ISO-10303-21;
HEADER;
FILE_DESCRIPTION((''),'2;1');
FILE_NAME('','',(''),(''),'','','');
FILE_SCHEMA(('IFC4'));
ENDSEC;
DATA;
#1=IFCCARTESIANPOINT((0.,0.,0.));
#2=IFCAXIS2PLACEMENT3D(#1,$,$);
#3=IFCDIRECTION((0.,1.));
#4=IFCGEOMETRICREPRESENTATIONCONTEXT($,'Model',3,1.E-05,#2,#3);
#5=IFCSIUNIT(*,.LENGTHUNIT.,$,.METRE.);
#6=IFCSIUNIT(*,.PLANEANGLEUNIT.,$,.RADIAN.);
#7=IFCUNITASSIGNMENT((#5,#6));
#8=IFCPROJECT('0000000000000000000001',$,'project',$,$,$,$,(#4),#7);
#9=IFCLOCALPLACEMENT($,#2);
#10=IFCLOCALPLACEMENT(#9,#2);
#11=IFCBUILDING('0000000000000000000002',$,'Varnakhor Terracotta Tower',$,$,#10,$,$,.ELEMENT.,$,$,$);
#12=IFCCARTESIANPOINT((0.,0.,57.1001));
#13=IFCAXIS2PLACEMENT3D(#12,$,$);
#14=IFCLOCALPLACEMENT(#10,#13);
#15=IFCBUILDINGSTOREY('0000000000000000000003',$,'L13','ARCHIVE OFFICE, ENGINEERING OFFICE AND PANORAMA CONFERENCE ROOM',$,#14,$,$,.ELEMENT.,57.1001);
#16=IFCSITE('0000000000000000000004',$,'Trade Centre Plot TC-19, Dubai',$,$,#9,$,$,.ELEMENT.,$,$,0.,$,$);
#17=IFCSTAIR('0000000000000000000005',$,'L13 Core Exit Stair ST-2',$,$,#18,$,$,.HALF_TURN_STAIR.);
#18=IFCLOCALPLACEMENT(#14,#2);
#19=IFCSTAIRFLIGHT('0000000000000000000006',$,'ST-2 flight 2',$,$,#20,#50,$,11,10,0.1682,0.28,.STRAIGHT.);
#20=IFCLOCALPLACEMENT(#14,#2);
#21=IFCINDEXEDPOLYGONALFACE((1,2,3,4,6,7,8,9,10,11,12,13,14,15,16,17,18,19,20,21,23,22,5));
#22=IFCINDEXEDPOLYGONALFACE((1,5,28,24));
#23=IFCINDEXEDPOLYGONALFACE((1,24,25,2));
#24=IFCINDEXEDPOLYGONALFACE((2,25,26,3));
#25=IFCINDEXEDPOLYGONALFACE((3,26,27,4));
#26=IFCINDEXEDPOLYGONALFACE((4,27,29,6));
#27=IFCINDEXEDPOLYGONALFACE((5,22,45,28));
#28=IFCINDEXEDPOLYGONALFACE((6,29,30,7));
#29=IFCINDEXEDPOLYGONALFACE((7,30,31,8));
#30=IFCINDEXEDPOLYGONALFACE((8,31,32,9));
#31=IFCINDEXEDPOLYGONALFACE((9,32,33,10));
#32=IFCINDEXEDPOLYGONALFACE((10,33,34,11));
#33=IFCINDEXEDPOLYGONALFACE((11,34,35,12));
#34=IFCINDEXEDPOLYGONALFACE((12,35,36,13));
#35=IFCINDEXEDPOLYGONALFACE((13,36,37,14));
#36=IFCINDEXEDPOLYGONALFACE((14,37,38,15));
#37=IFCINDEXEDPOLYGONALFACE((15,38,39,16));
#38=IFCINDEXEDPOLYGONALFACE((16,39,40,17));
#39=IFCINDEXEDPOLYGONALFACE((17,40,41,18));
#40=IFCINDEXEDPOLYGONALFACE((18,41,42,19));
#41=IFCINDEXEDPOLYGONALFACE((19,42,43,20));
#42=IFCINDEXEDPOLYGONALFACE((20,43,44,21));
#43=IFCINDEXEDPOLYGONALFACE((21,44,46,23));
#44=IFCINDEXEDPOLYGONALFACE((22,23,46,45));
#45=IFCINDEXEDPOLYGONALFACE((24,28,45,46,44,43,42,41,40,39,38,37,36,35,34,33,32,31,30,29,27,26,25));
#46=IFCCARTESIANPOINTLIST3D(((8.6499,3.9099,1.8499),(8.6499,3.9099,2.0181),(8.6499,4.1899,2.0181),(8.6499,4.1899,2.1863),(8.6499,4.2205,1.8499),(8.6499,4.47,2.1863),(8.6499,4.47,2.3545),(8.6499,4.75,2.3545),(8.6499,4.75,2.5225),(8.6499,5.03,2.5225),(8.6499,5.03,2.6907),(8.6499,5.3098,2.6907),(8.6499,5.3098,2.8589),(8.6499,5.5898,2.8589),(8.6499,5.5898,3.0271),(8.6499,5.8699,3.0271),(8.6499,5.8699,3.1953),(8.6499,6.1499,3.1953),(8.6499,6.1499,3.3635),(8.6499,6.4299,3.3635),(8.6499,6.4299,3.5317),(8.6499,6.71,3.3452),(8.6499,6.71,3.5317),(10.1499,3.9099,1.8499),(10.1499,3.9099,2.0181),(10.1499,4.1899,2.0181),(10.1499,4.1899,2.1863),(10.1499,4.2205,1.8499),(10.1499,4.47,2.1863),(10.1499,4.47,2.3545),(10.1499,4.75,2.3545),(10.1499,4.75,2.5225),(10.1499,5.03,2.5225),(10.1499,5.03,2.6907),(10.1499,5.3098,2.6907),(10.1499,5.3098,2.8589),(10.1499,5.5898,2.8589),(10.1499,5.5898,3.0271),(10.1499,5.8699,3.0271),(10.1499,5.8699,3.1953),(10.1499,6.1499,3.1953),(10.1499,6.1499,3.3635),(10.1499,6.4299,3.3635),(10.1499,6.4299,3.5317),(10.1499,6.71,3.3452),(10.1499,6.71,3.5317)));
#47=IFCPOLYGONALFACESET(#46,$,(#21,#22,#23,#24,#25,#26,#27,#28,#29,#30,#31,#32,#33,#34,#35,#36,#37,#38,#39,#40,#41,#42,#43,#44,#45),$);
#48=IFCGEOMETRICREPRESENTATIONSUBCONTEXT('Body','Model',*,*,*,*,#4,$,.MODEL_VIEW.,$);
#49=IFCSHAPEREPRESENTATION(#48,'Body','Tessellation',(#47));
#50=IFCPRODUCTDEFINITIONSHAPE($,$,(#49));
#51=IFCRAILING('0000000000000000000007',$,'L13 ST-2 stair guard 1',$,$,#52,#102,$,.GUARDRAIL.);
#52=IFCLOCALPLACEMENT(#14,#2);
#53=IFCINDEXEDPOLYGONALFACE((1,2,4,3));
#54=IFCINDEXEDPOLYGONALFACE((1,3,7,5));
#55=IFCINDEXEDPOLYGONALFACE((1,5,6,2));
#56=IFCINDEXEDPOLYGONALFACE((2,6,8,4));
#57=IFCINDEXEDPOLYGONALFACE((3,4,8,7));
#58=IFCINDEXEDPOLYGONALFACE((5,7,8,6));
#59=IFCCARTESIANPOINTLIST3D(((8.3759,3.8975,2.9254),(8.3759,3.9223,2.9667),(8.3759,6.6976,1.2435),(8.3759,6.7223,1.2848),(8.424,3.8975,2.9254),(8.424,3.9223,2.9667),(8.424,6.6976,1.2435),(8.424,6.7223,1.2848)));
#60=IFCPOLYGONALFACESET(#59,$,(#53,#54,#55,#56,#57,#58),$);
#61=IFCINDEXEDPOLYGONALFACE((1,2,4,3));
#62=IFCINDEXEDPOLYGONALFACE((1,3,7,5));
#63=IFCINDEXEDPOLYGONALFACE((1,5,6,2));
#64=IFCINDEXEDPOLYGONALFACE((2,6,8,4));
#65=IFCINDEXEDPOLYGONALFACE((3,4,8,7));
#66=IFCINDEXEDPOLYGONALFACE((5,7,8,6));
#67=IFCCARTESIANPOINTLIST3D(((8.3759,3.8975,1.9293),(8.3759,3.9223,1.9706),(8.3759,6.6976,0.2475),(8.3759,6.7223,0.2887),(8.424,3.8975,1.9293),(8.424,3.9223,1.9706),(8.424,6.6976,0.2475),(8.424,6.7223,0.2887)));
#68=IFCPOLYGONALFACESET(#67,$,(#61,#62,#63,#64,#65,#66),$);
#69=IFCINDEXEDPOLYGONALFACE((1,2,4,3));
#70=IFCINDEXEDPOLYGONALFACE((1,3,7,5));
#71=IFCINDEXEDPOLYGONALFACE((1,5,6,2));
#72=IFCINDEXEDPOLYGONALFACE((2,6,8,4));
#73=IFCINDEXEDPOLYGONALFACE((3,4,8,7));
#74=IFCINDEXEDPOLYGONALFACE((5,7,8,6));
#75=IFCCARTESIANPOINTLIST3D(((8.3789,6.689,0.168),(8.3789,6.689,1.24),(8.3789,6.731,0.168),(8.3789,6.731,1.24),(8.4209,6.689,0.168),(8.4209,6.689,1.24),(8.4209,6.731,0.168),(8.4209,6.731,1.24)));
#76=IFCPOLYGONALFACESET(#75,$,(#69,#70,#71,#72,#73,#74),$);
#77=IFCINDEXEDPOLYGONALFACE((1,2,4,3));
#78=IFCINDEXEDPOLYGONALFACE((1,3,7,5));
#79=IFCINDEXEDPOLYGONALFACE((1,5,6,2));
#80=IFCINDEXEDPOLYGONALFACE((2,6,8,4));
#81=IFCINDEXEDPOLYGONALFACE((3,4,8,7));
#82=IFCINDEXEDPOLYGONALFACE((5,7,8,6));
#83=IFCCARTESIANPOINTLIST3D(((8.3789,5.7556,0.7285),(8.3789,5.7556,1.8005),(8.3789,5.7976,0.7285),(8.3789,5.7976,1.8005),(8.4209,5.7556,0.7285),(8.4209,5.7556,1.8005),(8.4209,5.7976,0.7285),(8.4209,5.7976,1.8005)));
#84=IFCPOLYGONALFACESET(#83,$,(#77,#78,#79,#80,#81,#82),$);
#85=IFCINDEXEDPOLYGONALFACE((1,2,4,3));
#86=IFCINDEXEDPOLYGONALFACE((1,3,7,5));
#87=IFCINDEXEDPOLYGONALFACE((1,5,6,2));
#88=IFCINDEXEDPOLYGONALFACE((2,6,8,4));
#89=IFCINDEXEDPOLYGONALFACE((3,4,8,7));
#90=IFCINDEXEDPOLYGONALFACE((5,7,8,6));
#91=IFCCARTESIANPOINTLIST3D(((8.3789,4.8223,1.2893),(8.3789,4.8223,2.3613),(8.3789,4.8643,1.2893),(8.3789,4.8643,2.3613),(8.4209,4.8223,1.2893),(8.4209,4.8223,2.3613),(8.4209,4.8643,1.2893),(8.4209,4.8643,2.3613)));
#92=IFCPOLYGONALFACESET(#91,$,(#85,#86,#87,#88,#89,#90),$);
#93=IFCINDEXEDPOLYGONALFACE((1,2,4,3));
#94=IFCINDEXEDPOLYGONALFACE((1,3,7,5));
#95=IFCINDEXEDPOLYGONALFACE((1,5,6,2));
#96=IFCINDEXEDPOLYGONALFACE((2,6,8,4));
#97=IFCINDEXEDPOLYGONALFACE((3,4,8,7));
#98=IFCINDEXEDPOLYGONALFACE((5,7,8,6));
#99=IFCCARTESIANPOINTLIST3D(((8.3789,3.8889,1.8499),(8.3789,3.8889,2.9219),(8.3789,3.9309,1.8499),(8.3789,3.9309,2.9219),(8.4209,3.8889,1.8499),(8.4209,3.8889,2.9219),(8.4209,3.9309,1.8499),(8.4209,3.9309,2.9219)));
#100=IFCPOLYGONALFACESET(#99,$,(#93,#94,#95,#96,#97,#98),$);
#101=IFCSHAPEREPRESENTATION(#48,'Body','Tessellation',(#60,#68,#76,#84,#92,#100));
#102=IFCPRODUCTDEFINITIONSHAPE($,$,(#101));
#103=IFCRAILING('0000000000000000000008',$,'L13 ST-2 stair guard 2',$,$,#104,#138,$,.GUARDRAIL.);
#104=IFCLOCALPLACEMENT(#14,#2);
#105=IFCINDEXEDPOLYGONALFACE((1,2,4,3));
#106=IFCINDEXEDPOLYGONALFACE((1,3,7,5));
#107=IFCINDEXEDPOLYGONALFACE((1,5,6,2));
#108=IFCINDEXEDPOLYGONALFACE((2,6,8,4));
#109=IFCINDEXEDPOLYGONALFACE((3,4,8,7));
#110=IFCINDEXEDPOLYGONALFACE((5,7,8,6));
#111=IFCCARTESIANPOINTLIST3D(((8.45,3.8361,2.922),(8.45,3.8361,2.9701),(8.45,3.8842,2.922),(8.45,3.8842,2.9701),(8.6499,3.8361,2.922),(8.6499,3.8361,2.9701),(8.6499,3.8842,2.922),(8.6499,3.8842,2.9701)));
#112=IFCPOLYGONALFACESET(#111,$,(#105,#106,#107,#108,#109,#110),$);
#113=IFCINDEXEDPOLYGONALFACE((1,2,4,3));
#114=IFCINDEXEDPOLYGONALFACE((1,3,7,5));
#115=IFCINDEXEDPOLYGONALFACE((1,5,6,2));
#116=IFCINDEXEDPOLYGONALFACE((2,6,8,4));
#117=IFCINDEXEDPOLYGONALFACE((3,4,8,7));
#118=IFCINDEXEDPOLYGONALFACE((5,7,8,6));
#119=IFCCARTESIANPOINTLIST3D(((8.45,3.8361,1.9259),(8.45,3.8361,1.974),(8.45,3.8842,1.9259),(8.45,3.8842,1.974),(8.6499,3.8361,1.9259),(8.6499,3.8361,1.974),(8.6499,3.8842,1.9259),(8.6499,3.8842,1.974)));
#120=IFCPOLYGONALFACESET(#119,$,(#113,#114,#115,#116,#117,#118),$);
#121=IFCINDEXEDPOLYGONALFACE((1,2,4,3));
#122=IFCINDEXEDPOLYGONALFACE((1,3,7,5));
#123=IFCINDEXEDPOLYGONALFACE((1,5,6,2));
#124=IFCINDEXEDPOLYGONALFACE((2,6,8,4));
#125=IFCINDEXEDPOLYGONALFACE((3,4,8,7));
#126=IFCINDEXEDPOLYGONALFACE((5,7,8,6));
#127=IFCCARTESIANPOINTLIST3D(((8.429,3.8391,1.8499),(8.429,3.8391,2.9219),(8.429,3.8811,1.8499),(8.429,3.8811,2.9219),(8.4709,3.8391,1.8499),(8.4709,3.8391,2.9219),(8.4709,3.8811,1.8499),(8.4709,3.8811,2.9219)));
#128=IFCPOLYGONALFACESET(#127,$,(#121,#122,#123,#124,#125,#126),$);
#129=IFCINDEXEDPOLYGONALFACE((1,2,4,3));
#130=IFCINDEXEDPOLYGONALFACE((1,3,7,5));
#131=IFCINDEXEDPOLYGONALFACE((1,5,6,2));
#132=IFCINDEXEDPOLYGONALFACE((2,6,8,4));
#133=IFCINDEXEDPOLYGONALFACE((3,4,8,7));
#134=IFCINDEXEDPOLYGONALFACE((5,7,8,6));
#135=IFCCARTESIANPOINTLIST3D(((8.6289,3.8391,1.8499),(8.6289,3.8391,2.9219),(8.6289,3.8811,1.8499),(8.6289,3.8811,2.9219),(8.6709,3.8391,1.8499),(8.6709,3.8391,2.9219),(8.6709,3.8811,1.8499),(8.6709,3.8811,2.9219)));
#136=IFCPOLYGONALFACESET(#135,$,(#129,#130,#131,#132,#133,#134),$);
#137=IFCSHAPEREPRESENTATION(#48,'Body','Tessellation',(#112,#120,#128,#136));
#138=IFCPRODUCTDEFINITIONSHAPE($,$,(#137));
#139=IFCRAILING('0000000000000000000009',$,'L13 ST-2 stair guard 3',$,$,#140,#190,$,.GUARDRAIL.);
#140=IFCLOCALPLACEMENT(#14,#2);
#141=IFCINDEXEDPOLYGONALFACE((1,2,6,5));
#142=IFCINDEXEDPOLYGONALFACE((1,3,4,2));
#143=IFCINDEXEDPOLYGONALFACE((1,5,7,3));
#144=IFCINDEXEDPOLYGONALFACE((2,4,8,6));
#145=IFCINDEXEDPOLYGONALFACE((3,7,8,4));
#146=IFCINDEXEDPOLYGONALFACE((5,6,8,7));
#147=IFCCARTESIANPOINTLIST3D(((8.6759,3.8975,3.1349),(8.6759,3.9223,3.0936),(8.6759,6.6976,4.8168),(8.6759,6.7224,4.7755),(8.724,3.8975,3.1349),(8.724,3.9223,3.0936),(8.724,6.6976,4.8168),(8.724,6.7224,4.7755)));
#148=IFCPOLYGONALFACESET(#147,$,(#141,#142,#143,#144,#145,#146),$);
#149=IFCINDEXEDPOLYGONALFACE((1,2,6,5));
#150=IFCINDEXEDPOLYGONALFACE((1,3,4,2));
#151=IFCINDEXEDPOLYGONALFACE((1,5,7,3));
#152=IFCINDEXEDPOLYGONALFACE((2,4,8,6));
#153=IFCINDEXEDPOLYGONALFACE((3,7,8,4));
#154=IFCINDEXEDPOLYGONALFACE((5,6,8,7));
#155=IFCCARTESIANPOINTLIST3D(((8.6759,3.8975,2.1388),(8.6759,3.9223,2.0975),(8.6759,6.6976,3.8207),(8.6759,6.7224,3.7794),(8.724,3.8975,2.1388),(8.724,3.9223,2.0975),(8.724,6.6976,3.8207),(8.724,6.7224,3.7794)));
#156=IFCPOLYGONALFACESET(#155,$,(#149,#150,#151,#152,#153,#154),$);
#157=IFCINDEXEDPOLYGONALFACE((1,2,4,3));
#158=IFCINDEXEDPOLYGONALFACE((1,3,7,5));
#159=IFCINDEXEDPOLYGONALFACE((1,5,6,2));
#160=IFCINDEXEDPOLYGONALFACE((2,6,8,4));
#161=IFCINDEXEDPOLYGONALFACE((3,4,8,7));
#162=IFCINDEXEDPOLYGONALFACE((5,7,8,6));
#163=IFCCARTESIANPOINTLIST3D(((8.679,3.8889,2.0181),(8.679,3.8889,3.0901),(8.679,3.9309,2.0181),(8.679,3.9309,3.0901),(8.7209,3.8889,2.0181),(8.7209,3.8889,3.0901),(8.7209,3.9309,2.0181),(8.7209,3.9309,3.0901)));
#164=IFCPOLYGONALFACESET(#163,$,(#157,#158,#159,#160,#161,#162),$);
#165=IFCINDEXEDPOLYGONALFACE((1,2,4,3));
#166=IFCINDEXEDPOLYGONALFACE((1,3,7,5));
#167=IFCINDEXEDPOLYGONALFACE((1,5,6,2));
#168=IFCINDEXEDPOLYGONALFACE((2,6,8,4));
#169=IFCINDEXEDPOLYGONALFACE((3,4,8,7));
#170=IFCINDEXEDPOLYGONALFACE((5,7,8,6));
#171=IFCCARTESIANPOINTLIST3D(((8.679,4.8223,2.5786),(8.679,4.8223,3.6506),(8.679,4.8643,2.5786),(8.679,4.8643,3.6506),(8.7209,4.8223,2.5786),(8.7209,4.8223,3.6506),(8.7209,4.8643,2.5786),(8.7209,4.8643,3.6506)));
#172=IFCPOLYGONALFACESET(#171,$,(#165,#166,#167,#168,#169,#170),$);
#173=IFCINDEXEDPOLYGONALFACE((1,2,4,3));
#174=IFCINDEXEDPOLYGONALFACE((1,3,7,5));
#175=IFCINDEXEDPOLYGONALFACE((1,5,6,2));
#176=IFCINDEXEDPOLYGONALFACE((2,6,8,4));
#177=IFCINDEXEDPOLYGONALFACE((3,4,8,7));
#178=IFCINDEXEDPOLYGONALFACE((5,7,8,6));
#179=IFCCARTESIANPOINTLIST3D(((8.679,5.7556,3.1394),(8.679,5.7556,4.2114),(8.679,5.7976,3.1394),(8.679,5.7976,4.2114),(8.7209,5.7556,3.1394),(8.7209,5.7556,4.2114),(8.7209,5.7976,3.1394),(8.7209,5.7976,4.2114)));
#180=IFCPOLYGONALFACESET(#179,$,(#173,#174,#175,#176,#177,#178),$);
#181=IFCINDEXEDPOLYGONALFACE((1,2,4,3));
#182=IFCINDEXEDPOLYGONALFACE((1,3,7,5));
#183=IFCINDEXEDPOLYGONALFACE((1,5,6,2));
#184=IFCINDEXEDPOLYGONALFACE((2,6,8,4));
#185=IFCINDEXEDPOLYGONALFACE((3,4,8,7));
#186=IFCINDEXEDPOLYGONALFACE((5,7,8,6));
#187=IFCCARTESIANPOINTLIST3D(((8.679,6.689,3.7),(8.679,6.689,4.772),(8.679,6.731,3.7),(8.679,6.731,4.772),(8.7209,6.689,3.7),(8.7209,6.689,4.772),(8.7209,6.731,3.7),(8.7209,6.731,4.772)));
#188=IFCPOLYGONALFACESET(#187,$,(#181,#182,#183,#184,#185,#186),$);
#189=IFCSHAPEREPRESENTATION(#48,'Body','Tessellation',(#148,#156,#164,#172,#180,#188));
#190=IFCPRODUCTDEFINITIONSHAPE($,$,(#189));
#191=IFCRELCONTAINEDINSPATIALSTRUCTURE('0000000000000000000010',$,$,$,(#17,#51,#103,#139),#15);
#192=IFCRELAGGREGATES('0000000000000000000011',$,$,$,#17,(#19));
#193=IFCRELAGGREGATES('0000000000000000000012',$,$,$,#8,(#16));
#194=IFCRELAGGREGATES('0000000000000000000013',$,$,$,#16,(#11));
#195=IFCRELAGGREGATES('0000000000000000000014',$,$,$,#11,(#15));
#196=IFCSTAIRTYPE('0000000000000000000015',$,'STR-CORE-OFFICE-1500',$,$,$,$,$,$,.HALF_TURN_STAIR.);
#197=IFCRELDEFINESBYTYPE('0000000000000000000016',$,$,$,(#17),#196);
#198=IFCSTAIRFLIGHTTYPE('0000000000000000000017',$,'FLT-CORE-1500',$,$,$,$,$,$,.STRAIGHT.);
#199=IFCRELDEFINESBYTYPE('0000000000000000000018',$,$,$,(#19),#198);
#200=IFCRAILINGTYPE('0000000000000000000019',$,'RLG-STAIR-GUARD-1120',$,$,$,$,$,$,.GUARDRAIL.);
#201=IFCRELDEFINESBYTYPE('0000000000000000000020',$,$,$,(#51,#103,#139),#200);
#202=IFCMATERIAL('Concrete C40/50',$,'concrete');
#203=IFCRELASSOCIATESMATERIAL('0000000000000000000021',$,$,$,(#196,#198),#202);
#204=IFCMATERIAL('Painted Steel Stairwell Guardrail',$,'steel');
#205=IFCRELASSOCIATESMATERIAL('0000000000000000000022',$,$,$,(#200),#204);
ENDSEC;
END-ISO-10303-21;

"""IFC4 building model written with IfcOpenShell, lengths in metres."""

from ifc_helpers import new_model, si_unit, direction, frame, origin, origin_2d, place, context, subcontext, project, spatial, polyline, rectangle, outline, extrude, material, type_object, element, aggregate, save


model = new_model("IFC4")

# Units and contexts
model_context = context("Model", 3, precision=1e-05, world=origin(), true_north=direction((0.0, 1.0)))
body_context = subcontext(model_context, "Body", "Model", "MODEL_VIEW")
ifc_project = project(units=[si_unit("LENGTHUNIT", "METRE"), si_unit("PLANEANGLEUNIT", "RADIAN")], contexts=[model_context])

# Site, building, storey
site_placement = place(None, origin())
site = spatial("IfcSite", under=ifc_project, at=site_placement, Name="Trade Centre Plot TC-19, Dubai", CompositionType="ELEMENT", RefElevation=0.0)
building_placement = place(site_placement, origin())
building = spatial("IfcBuilding", under=site, at=building_placement, Name="Varnakhor Terracotta Tower", CompositionType="ELEMENT")
storey_placement = place(building_placement, frame((0.0, 0.0, 57.1001)))
storey = spatial("IfcBuildingStorey", under=building, at=storey_placement, Name="L13", Description="ARCHIVE OFFICE, ENGINEERING OFFICE AND PANORAMA CONFERENCE ROOM", CompositionType="ELEMENT", Elevation=57.1001)

# Shared definitions
ifc_material_1 = material(Name="Concrete C40/50", Category="concrete")

# Stair, stair flight
stair_type = type_object("IfcStairType", Name="STR-CORE-OFFICE-1500", PredefinedType="HALF_TURN_STAIR", material=ifc_material_1)
stair_placement = place(storey_placement, origin())
stair = element("IfcStair", 1, at=stair_placement, inside=storey, type_object=stair_type, Name="L13 Core Exit Stair ST-2", PredefinedType="HALF_TURN_STAIR")
stair_flight_type = type_object("IfcStairFlightType", Name="FLT-CORE-1500", PredefinedType="STRAIGHT", material=ifc_material_1)
stair_flight_1_placement = place(storey_placement, frame((9.3999, 3.9099, 1.8499), z_axis=(0.0, 0.0, 1.0), x_axis=(0.0, 1.0, 0.0)))
stair_flight_1 = element("IfcStairFlight", 2, at=stair_flight_1_placement, type_object=stair_flight_type, Name="ST-2 flight 2", NumberOfRisers=11, NumberOfTreads=10, PredefinedType="STRAIGHT", RiserHeight=0.1682, TreadLength=0.28, context=body_context, shape_type="SweptSolid", body=[
    extrude(outline(polyline([(0.0, 0.0), (0.0, 0.1682), (0.28, 0.1682), (0.28, 0.3364), (0.5601, 0.3364), (0.5601, 0.5046), (0.8401, 0.5046), (0.8401, 0.6726), (1.1201, 0.6726), (1.1201, 0.8408), (1.3999, 0.8408), (1.3999, 1.009), (1.6799, 1.009), (1.6799, 1.1772), (1.96, 1.1772), (1.96, 1.3455), (2.24, 1.3455), (2.24, 1.5137), (2.52, 1.5137), (2.52, 1.6819), (2.8, 1.6819), (2.8, 1.8501), (2.8, 1.4954), (0.3105, 0.0), (0.0, 0.0)])), frame((0.0, 0.75, 0.0), z_axis=(0.0, -1.0, 0.0), x_axis=(1.0, 0.0, 0.0)), (0.0, 0.0, 1.0), 1.5),
])
aggregate(stair, [stair_flight_1])

# Railings
ifc_material_2 = material(Name="Painted Steel Stairwell Guardrail", Category="steel")
railing_type_1 = type_object("IfcRailingType", Name="RLG-STAIR-GUARD-1120", PredefinedType="GUARDRAIL", material=ifc_material_2)
railing_1_placement = place(storey_placement, frame((8.3999, 6.71, 0.168)))
element("IfcRailing", 3, at=railing_1_placement, inside=storey, type_object=railing_type_1, Name="L13 ST-2 stair guard 1", PredefinedType="GUARDRAIL", context=body_context, shape_type="SweptSolid", body=[
    extrude(rectangle(XDim=0.0481, YDim=0.0481, at=origin_2d()), frame((0.0, 0.0, 1.0962), z_axis=(0.0, -0.857242, 0.514913), x_axis=(1.0, 0.0, 0.0)), (0.0, 0.0, 1.0), 3.2664),
    extrude(rectangle(XDim=0.0481, YDim=0.0481, at=origin_2d()), frame((0.0, 0.0, 0.1001), z_axis=(0.0, -0.857242, 0.514913), x_axis=(1.0, 0.0, 0.0)), (0.0, 0.0, 1.0), 3.2664),
    extrude(rectangle(XDim=0.042, YDim=0.042, at=origin_2d()), origin(), (0.0, 0.0, 1.0), 1.072),
    extrude(rectangle(XDim=0.042, YDim=0.042, at=origin_2d()), frame((0.0, -0.9333, 0.5605)), (0.0, 0.0, 1.0), 1.072),
    extrude(rectangle(XDim=0.042, YDim=0.042, at=origin_2d()), frame((0.0, -1.8667, 1.1213)), (0.0, 0.0, 1.0), 1.072),
    extrude(rectangle(XDim=0.042, YDim=0.042, at=origin_2d()), frame((0.0, -2.8, 1.6819)), (0.0, 0.0, 1.0), 1.072),
])
railing_2_placement = place(storey_placement, frame((8.45, 3.8601, 1.8499)))
element("IfcRailing", 4, at=railing_2_placement, inside=storey, type_object=railing_type_1, Name="L13 ST-2 stair guard 2", PredefinedType="GUARDRAIL", context=body_context, shape_type="SweptSolid", body=[
    extrude(rectangle(XDim=0.0481, YDim=0.0481, at=origin_2d()), frame((0.0, 0.0, 1.0962), z_axis=(1.0, 0.0, 0.0), x_axis=(0.0, 1.0, 0.0)), (0.0, 0.0, 1.0), 0.2),
    extrude(rectangle(XDim=0.0481, YDim=0.0481, at=origin_2d()), frame((0.0, 0.0, 0.1001), z_axis=(1.0, 0.0, 0.0), x_axis=(0.0, 1.0, 0.0)), (0.0, 0.0, 1.0), 0.2),
    extrude(rectangle(XDim=0.042, YDim=0.042, at=origin_2d()), origin(), (0.0, 0.0, 1.0), 1.072),
    extrude(rectangle(XDim=0.042, YDim=0.042, at=origin_2d()), frame((0.2, 0.0, 0.0)), (0.0, 0.0, 1.0), 1.072),
])
railing_3_placement = place(storey_placement, frame((8.7, 3.9099, 2.0181)))
element("IfcRailing", 5, at=railing_3_placement, inside=storey, type_object=railing_type_1, Name="L13 ST-2 stair guard 3", PredefinedType="GUARDRAIL", context=body_context, shape_type="SweptSolid", body=[
    extrude(rectangle(XDim=0.0481, YDim=0.0481, at=origin_2d()), frame((0.0, 0.0, 1.0962), z_axis=(0.0, 0.857242, 0.514913), x_axis=(-1.0, 0.0, 0.0)), (0.0, 0.0, 1.0), 3.2664),
    extrude(rectangle(XDim=0.0481, YDim=0.0481, at=origin_2d()), frame((0.0, 0.0, 0.1001), z_axis=(0.0, 0.857242, 0.514913), x_axis=(-1.0, 0.0, 0.0)), (0.0, 0.0, 1.0), 3.2664),
    extrude(rectangle(XDim=0.042, YDim=0.042, at=origin_2d()), origin(), (0.0, 0.0, 1.0), 1.072),
    extrude(rectangle(XDim=0.042, YDim=0.042, at=origin_2d()), frame((0.0, 0.9333, 0.5605)), (0.0, 0.0, 1.0), 1.072),
    extrude(rectangle(XDim=0.042, YDim=0.042, at=origin_2d()), frame((0.0, 1.8667, 1.1213)), (0.0, 0.0, 1.0), 1.072),
    extrude(rectangle(XDim=0.042, YDim=0.042, at=origin_2d()), frame((0.0, 2.8, 1.6819)), (0.0, 0.0, 1.0), 1.072),
])

save(model, "model.ifc")
